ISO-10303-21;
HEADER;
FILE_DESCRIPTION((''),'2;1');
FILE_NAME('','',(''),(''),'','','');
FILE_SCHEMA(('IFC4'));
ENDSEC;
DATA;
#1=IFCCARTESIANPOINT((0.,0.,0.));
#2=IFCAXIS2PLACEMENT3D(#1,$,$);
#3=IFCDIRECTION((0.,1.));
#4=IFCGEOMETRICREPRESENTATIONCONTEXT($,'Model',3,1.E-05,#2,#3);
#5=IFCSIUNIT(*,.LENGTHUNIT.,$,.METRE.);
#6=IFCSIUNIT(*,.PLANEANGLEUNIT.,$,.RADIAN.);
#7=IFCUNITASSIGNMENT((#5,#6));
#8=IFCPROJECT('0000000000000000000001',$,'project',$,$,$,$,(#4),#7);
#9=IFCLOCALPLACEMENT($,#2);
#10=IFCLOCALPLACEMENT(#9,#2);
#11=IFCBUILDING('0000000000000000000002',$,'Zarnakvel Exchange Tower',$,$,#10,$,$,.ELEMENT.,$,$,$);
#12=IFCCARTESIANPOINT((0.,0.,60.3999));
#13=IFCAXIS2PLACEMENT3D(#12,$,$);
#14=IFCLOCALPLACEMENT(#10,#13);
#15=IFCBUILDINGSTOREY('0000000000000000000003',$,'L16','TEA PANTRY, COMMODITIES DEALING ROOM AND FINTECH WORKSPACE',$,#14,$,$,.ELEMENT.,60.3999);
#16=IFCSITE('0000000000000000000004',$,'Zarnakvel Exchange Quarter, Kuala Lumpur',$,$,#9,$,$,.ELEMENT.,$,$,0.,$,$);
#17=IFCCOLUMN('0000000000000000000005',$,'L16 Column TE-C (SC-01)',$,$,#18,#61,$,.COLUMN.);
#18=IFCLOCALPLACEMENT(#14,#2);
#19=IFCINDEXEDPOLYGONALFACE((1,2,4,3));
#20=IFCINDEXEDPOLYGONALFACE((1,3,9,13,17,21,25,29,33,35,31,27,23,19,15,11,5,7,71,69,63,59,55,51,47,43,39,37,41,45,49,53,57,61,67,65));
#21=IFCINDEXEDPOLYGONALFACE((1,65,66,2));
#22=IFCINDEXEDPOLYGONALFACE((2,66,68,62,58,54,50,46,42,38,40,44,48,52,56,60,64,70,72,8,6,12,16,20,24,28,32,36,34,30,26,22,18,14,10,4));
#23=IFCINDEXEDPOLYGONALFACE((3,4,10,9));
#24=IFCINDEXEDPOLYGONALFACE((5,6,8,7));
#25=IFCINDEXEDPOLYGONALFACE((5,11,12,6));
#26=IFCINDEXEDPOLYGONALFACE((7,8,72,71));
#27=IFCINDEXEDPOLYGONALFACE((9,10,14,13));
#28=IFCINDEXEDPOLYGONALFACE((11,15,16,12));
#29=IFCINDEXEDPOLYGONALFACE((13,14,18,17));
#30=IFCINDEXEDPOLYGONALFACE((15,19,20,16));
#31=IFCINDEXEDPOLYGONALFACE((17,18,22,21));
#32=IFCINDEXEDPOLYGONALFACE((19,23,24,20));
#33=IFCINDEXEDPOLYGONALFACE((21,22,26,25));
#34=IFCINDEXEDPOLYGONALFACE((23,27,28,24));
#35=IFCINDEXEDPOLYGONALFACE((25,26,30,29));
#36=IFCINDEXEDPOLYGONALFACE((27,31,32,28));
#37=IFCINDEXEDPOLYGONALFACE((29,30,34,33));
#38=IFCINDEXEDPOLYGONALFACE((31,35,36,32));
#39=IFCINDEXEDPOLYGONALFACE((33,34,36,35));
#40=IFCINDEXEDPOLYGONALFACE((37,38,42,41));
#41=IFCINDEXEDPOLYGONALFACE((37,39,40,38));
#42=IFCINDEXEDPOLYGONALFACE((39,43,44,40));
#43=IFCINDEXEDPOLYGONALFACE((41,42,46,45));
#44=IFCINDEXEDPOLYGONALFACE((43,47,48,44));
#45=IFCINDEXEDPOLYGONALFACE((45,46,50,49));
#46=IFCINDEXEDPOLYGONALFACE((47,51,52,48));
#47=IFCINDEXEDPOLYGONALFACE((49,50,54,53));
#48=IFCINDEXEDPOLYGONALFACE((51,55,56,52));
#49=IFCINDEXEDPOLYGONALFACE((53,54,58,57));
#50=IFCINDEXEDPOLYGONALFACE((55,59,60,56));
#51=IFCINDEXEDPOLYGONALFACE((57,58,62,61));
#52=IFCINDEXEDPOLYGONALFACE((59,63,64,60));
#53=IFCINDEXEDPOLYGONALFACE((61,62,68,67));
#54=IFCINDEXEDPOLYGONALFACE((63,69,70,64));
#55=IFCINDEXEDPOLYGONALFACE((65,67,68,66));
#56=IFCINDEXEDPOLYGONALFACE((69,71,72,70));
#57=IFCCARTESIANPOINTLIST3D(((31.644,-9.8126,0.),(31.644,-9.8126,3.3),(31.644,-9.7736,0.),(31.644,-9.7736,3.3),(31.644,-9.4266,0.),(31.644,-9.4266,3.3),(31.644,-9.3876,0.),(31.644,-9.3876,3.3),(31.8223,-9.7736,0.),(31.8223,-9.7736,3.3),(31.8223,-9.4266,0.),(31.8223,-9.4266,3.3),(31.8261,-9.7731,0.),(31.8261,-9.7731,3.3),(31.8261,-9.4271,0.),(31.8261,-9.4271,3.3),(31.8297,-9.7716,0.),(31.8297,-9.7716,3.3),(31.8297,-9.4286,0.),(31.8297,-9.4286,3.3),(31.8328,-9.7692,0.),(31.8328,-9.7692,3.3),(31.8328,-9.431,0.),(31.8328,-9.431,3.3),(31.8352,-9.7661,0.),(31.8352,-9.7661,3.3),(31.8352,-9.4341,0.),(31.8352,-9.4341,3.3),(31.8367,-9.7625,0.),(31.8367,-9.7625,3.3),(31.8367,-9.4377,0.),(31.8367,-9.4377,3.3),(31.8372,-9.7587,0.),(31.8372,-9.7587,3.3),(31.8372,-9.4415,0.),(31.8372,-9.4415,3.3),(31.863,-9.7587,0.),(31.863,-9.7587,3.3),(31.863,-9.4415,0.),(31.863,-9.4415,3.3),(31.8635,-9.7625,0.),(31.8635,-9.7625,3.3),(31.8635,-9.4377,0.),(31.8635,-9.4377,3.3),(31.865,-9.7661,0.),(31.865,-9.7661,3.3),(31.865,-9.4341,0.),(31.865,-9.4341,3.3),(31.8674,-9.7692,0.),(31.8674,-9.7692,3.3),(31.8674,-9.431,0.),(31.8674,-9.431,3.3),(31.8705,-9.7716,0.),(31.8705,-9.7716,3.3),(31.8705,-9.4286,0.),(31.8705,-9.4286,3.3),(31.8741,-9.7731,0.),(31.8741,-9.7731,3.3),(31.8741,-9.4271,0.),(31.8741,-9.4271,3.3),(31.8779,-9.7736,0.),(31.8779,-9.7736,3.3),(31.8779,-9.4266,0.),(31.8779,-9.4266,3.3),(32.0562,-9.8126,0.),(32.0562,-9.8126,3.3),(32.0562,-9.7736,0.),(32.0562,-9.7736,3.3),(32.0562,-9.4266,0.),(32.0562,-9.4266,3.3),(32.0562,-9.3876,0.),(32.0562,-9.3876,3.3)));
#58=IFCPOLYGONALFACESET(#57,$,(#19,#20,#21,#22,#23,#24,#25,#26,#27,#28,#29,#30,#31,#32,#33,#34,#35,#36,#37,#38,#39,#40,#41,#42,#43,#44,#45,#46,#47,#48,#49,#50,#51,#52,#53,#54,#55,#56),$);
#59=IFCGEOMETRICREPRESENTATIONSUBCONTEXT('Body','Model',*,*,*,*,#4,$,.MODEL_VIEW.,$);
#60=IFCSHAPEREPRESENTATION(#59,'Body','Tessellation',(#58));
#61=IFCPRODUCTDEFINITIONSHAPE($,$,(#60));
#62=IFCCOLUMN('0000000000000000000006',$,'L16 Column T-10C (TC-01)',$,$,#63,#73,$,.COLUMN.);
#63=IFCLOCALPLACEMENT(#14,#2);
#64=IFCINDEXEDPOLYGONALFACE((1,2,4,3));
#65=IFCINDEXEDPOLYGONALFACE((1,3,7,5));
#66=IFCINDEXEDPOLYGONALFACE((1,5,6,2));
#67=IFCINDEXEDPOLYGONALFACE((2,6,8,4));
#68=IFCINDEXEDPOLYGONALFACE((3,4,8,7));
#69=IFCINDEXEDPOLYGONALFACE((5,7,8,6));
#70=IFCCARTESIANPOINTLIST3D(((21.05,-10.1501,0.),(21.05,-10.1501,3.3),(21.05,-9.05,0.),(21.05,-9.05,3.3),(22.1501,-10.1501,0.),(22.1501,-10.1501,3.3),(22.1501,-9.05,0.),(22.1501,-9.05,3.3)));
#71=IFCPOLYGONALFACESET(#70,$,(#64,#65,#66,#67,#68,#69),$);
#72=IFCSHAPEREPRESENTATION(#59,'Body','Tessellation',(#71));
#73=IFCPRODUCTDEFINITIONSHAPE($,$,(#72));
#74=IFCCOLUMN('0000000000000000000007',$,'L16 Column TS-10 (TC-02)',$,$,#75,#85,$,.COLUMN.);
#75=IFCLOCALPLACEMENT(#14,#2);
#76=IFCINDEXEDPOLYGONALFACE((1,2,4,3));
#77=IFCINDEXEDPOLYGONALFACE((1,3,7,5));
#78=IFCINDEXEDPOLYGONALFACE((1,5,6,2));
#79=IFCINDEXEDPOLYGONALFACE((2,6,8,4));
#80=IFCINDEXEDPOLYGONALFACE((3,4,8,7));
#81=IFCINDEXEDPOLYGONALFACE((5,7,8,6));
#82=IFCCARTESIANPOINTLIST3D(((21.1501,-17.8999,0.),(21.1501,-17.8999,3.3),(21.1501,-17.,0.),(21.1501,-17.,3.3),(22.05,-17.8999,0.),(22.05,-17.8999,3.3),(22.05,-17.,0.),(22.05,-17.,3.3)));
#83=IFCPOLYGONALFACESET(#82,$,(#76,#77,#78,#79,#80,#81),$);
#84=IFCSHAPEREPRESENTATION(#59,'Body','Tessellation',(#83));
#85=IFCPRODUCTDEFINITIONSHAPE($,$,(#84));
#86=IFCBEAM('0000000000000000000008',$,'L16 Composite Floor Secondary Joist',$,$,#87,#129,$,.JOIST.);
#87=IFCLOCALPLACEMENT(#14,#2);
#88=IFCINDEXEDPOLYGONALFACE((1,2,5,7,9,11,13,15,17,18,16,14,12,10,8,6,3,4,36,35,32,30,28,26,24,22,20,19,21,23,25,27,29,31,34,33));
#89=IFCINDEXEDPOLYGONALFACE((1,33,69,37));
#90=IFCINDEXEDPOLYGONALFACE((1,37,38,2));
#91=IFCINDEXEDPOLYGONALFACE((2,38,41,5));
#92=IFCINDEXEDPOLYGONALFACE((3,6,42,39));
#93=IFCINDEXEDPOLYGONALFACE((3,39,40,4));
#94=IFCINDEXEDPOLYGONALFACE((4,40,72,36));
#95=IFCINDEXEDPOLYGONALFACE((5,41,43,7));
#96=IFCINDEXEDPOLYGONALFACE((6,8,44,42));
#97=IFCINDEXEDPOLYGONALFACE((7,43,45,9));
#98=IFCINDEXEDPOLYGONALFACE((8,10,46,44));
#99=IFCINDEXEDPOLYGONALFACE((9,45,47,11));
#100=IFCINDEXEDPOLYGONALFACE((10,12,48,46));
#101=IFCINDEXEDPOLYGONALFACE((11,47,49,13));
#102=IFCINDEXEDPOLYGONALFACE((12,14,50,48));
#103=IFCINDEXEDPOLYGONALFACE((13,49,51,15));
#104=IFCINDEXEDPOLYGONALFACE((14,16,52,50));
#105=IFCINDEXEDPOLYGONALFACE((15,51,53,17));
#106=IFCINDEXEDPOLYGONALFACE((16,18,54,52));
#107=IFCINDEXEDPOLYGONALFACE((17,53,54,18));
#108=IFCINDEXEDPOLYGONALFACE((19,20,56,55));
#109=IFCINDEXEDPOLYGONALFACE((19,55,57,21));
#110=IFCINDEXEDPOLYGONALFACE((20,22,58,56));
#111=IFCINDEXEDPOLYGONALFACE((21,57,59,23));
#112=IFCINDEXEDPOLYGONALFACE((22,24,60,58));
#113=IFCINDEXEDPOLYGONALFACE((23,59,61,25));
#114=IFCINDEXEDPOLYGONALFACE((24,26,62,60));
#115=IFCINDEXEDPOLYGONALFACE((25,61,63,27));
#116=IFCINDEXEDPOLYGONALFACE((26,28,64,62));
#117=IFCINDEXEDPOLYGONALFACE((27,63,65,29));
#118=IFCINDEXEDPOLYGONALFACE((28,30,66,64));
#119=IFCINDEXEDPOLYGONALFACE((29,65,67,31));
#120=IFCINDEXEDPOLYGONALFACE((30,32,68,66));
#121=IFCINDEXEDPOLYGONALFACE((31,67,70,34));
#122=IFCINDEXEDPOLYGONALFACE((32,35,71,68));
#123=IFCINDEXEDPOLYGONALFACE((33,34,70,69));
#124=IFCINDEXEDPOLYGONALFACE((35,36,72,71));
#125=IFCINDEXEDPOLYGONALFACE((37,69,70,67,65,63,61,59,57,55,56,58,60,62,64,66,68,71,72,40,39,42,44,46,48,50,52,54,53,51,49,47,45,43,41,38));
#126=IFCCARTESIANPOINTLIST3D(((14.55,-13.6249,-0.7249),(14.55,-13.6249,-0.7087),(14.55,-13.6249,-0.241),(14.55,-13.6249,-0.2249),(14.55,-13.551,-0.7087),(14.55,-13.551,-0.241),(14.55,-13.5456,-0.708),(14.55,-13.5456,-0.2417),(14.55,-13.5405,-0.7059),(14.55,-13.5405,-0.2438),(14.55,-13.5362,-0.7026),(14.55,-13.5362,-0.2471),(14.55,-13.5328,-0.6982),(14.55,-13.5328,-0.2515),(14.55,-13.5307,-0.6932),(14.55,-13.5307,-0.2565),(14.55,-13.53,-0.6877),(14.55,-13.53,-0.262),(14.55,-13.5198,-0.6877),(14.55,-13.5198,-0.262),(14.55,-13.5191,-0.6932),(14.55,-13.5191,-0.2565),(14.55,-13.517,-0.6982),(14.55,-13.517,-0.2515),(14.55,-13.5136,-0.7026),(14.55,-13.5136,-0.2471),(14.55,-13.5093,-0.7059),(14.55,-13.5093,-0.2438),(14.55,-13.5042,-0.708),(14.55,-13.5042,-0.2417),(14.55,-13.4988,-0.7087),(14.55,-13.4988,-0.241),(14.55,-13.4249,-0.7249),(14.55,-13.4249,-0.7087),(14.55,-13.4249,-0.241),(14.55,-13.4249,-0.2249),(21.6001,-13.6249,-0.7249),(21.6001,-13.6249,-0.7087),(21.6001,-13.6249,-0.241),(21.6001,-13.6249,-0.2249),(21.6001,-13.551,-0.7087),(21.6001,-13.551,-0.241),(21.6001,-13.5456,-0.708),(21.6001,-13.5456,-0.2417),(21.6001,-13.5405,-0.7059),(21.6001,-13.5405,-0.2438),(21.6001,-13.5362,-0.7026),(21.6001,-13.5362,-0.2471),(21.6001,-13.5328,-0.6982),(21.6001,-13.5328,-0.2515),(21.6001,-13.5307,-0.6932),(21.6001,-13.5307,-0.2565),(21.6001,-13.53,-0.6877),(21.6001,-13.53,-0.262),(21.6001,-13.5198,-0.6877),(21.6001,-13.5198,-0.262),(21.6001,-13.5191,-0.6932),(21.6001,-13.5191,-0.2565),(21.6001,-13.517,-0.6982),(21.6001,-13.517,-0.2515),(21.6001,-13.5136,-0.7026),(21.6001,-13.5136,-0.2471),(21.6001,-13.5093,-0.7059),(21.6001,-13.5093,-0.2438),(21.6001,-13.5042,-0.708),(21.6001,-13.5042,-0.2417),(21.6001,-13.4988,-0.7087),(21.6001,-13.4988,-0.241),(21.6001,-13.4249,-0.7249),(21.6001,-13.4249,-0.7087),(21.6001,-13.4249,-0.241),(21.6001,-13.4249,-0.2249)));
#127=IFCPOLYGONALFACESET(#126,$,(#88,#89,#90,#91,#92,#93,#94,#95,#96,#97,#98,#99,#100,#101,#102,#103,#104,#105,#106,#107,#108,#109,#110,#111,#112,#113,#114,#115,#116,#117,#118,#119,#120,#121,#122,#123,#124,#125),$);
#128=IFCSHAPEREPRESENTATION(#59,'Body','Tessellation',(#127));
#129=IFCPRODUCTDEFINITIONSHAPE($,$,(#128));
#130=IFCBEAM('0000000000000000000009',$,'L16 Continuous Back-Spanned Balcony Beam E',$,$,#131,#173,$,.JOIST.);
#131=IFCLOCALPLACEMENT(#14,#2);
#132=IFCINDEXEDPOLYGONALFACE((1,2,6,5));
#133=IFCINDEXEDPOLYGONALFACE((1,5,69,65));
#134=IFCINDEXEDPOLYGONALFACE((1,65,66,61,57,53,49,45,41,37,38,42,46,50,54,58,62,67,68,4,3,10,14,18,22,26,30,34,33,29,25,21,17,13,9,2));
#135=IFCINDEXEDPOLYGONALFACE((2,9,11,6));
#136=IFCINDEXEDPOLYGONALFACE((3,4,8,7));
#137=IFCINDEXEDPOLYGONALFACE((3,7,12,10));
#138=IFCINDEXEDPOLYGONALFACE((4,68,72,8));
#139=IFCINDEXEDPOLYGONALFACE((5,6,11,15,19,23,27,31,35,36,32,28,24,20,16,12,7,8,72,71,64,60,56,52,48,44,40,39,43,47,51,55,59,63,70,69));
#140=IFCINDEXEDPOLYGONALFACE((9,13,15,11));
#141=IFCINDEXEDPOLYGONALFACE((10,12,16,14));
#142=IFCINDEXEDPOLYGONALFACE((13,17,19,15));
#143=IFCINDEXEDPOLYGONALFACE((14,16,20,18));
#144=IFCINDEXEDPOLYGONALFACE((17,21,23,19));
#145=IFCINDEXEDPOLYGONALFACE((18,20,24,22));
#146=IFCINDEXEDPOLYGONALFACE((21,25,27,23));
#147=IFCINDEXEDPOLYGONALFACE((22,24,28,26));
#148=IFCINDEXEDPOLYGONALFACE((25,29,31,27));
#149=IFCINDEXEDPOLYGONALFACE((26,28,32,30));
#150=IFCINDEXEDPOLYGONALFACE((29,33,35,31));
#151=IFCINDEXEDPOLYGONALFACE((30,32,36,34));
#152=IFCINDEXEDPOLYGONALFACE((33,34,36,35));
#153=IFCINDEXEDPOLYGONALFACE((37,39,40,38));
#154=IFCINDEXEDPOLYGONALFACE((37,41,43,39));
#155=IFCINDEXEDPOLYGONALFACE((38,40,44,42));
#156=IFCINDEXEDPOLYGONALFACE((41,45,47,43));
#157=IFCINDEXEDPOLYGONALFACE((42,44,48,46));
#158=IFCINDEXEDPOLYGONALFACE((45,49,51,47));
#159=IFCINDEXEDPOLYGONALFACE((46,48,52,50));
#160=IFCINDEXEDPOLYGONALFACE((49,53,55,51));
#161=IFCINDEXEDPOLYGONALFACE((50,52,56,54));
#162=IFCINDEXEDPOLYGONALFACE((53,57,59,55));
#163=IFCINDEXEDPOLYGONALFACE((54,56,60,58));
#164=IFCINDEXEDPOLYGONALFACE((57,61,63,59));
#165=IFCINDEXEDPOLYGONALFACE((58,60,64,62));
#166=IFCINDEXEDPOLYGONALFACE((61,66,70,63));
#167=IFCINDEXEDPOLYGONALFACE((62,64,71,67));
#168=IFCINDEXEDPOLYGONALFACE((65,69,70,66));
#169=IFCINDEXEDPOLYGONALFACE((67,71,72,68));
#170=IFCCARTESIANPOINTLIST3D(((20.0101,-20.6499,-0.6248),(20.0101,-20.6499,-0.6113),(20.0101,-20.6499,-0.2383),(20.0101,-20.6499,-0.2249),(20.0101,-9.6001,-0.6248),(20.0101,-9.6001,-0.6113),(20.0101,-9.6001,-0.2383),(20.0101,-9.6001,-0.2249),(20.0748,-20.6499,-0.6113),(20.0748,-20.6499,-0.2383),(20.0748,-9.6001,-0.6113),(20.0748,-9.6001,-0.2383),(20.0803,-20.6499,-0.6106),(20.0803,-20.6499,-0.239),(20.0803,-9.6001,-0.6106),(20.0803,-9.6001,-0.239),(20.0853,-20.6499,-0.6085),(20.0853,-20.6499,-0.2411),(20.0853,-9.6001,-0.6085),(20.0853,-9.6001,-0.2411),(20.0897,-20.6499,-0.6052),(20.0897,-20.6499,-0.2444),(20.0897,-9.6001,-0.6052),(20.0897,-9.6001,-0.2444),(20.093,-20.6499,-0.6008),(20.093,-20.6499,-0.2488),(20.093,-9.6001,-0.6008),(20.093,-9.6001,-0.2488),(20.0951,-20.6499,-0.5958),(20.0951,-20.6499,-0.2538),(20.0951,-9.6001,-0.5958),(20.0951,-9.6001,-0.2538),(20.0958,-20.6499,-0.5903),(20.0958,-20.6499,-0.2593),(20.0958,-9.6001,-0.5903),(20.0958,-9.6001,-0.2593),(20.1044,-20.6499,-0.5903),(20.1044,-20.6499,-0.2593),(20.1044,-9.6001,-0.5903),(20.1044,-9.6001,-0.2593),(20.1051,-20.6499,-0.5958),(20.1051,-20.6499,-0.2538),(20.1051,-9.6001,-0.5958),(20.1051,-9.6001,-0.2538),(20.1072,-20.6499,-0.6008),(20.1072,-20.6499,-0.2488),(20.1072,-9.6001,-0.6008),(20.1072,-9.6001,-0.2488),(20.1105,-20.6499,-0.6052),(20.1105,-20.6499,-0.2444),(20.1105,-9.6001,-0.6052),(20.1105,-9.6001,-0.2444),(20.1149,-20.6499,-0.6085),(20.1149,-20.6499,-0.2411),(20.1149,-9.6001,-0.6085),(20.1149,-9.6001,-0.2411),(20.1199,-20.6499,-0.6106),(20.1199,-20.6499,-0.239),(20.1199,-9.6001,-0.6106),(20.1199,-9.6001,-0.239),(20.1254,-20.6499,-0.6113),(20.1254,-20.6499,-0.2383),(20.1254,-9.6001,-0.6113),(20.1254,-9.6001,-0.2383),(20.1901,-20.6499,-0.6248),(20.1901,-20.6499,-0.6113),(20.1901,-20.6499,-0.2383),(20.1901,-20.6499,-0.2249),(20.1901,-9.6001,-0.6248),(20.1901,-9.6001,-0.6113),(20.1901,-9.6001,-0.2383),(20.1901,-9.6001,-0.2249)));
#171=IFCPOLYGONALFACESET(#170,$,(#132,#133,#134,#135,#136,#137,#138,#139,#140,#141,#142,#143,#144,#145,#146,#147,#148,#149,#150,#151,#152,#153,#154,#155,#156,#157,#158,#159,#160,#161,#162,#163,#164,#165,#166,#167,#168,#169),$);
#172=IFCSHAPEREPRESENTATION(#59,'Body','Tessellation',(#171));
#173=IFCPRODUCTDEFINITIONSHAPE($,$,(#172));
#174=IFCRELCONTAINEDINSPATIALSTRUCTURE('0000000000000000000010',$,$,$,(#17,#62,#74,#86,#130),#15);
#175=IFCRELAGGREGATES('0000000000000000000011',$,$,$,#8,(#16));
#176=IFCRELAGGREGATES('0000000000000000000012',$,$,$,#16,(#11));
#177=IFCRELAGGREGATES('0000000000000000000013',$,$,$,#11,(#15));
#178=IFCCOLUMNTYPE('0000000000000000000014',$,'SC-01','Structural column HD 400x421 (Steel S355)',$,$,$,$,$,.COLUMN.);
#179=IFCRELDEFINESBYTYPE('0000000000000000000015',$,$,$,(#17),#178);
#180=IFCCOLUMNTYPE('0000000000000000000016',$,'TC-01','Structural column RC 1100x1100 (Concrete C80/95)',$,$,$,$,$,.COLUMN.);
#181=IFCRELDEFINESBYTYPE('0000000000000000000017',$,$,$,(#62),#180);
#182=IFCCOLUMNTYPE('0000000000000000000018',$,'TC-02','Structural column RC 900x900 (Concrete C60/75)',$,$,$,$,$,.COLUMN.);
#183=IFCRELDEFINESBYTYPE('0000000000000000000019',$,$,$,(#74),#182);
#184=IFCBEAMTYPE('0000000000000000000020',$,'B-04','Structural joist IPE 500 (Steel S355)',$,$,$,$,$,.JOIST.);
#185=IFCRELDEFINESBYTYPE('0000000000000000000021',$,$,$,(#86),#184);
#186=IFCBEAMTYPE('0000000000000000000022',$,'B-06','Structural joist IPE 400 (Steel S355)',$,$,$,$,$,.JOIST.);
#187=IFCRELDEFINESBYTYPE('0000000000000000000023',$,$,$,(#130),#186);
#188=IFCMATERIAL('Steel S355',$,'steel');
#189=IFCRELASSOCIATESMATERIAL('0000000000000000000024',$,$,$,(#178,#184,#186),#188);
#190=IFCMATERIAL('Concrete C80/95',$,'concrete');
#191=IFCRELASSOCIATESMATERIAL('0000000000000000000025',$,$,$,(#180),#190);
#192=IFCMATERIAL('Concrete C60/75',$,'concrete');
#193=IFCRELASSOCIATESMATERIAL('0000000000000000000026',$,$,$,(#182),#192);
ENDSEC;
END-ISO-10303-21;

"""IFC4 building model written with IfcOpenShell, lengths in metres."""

from ifc_helpers import new_model, si_unit, direction, frame, origin, origin_2d, place, context, subcontext, project, spatial, rectangle, i_section, extrude, material, material_profile, profile_set, type_object, element, save


model = new_model("IFC4")

# Units and contexts
model_context = context("Model", 3, precision=1e-05, world=origin(), true_north=direction((0.0, 1.0)))
body_context = subcontext(model_context, "Body", "Model", "MODEL_VIEW")
ifc_project = project(units=[si_unit("LENGTHUNIT", "METRE"), si_unit("PLANEANGLEUNIT", "RADIAN")], contexts=[model_context])

# Site, building, storey
site_placement = place(None, origin())
site = spatial("IfcSite", under=ifc_project, at=site_placement, Name="Zarnakvel Exchange Quarter, Kuala Lumpur", CompositionType="ELEMENT", RefElevation=0.0)
building_placement = place(site_placement, origin())
building = spatial("IfcBuilding", under=site, at=building_placement, Name="Zarnakvel Exchange Tower", CompositionType="ELEMENT")
storey_placement = place(building_placement, frame((0.0, 0.0, 60.3999)))
storey = spatial("IfcBuildingStorey", under=building, at=storey_placement, Name="L16", Description="TEA PANTRY, COMMODITIES DEALING ROOM AND FINTECH WORKSPACE", CompositionType="ELEMENT", Elevation=60.3999)

# Columns
ifc_material_1 = material(Name="Steel S355", Category="steel")
ifc_material_profile_1 = material_profile(ifc_material_1, i_section(OverallWidth=0.4121, OverallDepth=0.425, WebThickness=0.0259, FlangeThickness=0.0391, FilletRadius=0.0149, at=origin_2d()))
ifc_profile_set_1 = profile_set([ifc_material_profile_1], Name="Steel S355")
column_type_1 = type_object("IfcColumnType", Name="SC-01", Description="Structural column HD 400x421 (Steel S355)", PredefinedType="COLUMN", material=ifc_profile_set_1)
column_1_placement = place(storey_placement, frame((31.8501, -9.6001, 0.0), z_axis=(0.0, 0.0, 1.0), x_axis=(1.0, 0.0, 0.0)))
element("IfcColumn", 1, at=column_1_placement, inside=storey, type_object=column_type_1, Name="L16 Column TE-C (SC-01)", PredefinedType="COLUMN", context=body_context, shape_type="SweptSolid", body=[
    extrude(i_section(OverallWidth=0.4121, OverallDepth=0.425, WebThickness=0.0259, FlangeThickness=0.0391, FilletRadius=0.0149, at=origin_2d()), origin(), (0.0, 0.0, 1.0), 3.3),
])
ifc_material_2 = material(Name="Concrete C80/95", Category="concrete")
ifc_material_profile_2 = material_profile(ifc_material_2, rectangle(XDim=1.1001, YDim=1.1001, at=origin_2d()))
ifc_profile_set_2 = profile_set([ifc_material_profile_2], Name="Concrete C80/95")
column_type_2 = type_object("IfcColumnType", Name="TC-01", Description="Structural column RC 1100x1100 (Concrete C80/95)", PredefinedType="COLUMN", material=ifc_profile_set_2)
column_2_placement = place(storey_placement, frame((21.6001, -9.6001, 0.0), z_axis=(0.0, 0.0, 1.0), x_axis=(1.0, 0.0, 0.0)))
element("IfcColumn", 2, at=column_2_placement, inside=storey, type_object=column_type_2, Name="L16 Column T-10C (TC-01)", PredefinedType="COLUMN", context=body_context, shape_type="SweptSolid", body=[
    extrude(rectangle(XDim=1.1001, YDim=1.1001, at=origin_2d()), origin(), (0.0, 0.0, 1.0), 3.3),
])
ifc_material_3 = material(Name="Concrete C60/75", Category="concrete")
ifc_material_profile_3 = material_profile(ifc_material_3, rectangle(XDim=0.8999, YDim=0.8999, at=origin_2d()))
ifc_profile_set_3 = profile_set([ifc_material_profile_3], Name="Concrete C60/75")
column_type_3 = type_object("IfcColumnType", Name="TC-02", Description="Structural column RC 900x900 (Concrete C60/75)", PredefinedType="COLUMN", material=ifc_profile_set_3)
column_3_placement = place(storey_placement, frame((21.6001, -17.45, 0.0), z_axis=(0.0, 0.0, 1.0), x_axis=(1.0, 0.0, 0.0)))
element("IfcColumn", 3, at=column_3_placement, inside=storey, type_object=column_type_3, Name="L16 Column TS-10 (TC-02)", PredefinedType="COLUMN", context=body_context, shape_type="SweptSolid", body=[
    extrude(rectangle(XDim=0.8999, YDim=0.8999, at=origin_2d()), origin(), (0.0, 0.0, 1.0), 3.3),
])

# Beams
ifc_material_profile_4 = material_profile(ifc_material_1, i_section(OverallWidth=0.2, OverallDepth=0.5, WebThickness=0.0103, FlangeThickness=0.0161, FilletRadius=0.021, at=origin_2d()))
ifc_profile_set_4 = profile_set([ifc_material_profile_4], Name="Steel S355")
beam_type_1 = type_object("IfcBeamType", Name="B-04", Description="Structural joist IPE 500 (Steel S355)", PredefinedType="JOIST", material=ifc_profile_set_4)
beam_1_placement = place(storey_placement, frame((14.55, -13.5249, -0.4749), z_axis=(1.0, 0.0, 0.0), x_axis=(0.0, 1.0, 0.0)))
element("IfcBeam", 4, at=beam_1_placement, inside=storey, type_object=beam_type_1, Name="L16 Composite Floor Secondary Joist", PredefinedType="JOIST", context=body_context, shape_type="SweptSolid", body=[
    extrude(i_section(OverallWidth=0.2, OverallDepth=0.5, WebThickness=0.0103, FlangeThickness=0.0161, FilletRadius=0.021, at=origin_2d()), origin(), (0.0, 0.0, 1.0), 7.05),
])
ifc_material_profile_5 = material_profile(ifc_material_1, i_section(OverallWidth=0.1799, OverallDepth=0.3999, WebThickness=0.0085, FlangeThickness=0.0134, FilletRadius=0.021, at=origin_2d()))
ifc_profile_set_5 = profile_set([ifc_material_profile_5], Name="Steel S355")
beam_type_2 = type_object("IfcBeamType", Name="B-06", Description="Structural joist IPE 400 (Steel S355)", PredefinedType="JOIST", material=ifc_profile_set_5)
beam_2_placement = place(storey_placement, frame((20.1001, -9.6001, -0.4248), z_axis=(0.0, -1.0, 0.0), x_axis=(1.0, 0.0, 0.0)))
element("IfcBeam", 5, at=beam_2_placement, inside=storey, type_object=beam_type_2, Name="L16 Continuous Back-Spanned Balcony Beam E", PredefinedType="JOIST", context=body_context, shape_type="SweptSolid", body=[
    extrude(i_section(OverallWidth=0.1799, OverallDepth=0.3999, WebThickness=0.0085, FlangeThickness=0.0134, FilletRadius=0.021, at=origin_2d()), origin(), (0.0, 0.0, 1.0), 11.0498),
])

save(model, "model.ifc")
